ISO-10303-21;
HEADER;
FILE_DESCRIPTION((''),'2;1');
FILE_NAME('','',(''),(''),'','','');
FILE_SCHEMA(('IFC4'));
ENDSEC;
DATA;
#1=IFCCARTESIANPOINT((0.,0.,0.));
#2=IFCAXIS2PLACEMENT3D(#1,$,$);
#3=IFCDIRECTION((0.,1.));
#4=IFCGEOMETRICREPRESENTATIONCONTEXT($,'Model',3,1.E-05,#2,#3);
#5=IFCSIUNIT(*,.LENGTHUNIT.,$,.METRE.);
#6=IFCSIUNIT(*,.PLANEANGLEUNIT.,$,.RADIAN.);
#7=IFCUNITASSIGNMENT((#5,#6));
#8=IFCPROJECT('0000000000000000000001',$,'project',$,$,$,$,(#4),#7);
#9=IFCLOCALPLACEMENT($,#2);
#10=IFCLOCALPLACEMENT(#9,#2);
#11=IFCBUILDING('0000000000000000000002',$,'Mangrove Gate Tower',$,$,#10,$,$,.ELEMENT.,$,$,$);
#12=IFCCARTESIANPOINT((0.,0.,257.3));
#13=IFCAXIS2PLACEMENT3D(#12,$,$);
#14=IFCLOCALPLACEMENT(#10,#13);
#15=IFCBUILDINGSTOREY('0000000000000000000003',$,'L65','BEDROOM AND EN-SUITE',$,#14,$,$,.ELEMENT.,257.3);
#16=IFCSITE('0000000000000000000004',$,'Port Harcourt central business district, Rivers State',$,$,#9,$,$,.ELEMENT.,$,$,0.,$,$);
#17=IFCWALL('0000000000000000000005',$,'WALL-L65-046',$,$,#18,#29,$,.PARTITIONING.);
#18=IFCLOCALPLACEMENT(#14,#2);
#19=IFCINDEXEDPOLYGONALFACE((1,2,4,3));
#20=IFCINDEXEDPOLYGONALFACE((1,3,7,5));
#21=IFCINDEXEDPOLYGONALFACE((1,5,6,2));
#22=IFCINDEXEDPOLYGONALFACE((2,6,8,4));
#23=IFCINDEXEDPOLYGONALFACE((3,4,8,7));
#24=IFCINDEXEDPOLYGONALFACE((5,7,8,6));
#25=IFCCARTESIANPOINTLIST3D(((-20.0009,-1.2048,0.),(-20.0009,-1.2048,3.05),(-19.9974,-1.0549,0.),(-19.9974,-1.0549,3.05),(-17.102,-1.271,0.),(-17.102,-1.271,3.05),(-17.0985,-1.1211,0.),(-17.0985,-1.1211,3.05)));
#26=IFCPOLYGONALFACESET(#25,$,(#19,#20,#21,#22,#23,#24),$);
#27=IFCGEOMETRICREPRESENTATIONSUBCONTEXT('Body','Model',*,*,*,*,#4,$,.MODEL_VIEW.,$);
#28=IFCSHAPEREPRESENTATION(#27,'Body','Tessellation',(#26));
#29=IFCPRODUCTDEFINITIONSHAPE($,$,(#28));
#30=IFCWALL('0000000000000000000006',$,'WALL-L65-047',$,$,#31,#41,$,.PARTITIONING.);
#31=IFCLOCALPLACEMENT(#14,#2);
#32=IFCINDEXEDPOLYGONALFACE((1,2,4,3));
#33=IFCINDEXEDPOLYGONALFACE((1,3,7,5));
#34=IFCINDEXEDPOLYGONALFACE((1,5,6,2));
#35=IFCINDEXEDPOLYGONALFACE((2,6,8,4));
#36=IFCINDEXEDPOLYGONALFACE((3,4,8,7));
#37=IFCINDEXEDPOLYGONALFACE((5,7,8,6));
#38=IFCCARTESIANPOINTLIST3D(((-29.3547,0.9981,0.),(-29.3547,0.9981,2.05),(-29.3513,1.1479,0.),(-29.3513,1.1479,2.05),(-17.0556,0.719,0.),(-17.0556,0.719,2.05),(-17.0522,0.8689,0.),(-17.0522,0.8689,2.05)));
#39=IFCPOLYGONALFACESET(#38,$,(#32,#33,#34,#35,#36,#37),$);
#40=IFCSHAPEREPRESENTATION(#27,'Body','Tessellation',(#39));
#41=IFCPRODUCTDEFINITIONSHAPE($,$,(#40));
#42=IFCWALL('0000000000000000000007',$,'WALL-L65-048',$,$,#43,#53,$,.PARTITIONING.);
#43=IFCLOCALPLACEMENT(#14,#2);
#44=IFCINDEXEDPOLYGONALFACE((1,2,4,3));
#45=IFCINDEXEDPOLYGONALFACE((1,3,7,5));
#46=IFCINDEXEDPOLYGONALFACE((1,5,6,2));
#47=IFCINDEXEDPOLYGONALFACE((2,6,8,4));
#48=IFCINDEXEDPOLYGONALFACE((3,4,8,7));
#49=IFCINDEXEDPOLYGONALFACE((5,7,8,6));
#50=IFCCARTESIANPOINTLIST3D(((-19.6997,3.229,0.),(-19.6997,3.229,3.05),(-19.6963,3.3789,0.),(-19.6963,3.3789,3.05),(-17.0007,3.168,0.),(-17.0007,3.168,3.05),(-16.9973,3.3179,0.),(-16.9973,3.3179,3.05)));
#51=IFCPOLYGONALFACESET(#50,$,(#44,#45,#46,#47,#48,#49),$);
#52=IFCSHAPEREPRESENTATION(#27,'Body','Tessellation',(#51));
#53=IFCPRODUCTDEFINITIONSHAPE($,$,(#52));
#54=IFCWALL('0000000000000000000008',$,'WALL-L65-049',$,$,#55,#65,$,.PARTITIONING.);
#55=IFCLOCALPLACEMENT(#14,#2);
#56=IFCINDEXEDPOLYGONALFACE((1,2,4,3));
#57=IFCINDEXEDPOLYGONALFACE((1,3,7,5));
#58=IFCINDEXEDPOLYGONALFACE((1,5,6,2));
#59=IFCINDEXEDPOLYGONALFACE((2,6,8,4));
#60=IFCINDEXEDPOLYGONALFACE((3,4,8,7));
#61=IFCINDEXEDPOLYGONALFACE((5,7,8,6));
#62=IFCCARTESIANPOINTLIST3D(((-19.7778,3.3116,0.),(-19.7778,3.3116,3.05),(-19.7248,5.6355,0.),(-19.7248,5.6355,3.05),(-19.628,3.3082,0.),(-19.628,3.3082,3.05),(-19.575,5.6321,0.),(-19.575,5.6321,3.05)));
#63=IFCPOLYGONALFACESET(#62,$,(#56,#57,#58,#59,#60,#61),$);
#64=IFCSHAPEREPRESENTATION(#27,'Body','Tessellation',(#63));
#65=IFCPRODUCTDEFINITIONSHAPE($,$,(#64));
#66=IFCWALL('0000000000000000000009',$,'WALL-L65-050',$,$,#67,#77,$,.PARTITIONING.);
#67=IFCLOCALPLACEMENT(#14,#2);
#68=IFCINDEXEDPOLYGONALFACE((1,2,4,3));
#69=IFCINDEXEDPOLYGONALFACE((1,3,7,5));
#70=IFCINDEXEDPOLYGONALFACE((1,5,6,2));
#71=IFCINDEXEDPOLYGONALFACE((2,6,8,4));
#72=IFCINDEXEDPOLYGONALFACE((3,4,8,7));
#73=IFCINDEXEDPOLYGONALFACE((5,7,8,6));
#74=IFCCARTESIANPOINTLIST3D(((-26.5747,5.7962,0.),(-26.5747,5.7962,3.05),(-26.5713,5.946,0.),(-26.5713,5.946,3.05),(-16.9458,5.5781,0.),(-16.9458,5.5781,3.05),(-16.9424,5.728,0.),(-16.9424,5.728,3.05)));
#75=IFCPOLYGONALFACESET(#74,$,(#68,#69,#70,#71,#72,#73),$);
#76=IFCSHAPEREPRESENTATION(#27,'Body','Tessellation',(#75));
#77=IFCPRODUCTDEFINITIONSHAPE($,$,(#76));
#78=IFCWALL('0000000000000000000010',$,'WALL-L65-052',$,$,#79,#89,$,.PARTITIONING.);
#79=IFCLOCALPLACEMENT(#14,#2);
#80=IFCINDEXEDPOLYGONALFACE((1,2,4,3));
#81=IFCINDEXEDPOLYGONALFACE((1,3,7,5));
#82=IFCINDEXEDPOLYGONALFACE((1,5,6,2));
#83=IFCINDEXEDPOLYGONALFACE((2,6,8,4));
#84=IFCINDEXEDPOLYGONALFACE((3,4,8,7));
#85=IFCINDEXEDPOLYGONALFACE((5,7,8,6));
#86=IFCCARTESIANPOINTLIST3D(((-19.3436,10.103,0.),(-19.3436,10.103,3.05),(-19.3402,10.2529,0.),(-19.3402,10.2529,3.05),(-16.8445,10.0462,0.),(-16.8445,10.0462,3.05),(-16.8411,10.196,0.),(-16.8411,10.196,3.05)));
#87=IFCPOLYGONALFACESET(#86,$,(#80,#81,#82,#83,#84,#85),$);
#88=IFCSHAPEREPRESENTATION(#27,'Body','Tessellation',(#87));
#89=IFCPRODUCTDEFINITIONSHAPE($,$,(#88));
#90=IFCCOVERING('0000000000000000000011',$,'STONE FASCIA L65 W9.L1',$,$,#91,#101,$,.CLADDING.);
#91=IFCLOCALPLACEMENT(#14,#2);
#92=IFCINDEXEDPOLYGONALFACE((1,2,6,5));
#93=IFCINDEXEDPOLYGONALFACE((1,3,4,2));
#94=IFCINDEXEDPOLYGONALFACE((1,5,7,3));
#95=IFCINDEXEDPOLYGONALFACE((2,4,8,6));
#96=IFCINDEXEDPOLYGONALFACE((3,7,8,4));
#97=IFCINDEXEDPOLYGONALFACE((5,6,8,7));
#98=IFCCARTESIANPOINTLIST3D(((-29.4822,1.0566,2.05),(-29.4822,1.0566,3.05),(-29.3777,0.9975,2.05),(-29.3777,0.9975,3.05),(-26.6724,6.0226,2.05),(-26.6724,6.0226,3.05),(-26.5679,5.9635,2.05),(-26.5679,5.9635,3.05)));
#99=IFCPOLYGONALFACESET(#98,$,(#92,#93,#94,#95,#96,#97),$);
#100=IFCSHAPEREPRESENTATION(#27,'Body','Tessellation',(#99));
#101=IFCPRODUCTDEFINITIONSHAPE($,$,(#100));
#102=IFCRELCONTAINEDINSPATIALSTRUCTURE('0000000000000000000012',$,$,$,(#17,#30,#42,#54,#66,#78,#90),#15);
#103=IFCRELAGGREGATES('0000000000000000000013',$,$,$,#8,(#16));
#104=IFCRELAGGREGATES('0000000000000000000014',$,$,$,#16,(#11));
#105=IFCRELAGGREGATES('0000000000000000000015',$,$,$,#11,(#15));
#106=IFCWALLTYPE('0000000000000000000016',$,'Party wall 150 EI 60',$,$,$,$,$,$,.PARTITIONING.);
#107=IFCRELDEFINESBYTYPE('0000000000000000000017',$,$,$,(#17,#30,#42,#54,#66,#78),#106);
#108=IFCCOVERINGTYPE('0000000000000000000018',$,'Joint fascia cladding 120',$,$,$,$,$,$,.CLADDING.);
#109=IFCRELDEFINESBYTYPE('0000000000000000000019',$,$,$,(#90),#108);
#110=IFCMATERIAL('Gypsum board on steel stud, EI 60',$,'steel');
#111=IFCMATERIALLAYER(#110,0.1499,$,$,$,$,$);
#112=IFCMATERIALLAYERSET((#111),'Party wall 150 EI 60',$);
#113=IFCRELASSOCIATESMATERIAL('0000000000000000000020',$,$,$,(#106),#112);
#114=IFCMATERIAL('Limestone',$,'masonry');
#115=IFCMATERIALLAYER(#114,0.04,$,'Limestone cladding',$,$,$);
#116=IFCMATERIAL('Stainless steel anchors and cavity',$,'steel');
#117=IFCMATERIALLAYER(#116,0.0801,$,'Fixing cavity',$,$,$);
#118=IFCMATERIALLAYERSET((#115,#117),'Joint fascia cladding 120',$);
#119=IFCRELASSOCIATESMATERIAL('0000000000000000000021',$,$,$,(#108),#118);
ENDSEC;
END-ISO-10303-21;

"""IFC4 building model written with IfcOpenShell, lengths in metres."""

from ifc_helpers import new_model, si_unit, direction, frame, frame_2d, origin, place, context, subcontext, project, spatial, rectangle, extrude, material, layer, layer_set, type_object, element, save


model = new_model("IFC4")

# Units and contexts
model_context = context("Model", 3, precision=1e-05, world=origin(), true_north=direction((0.0, 1.0)))
body_context = subcontext(model_context, "Body", "Model", "MODEL_VIEW")
ifc_project = project(units=[si_unit("LENGTHUNIT", "METRE"), si_unit("PLANEANGLEUNIT", "RADIAN")], contexts=[model_context])

# Site, building, storey
site_placement = place(None, origin())
site = spatial("IfcSite", under=ifc_project, at=site_placement, Name="Port Harcourt central business district, Rivers State", CompositionType="ELEMENT", RefElevation=0.0)
building_placement = place(site_placement, origin())
building = spatial("IfcBuilding", under=site, at=building_placement, Name="Mangrove Gate Tower", CompositionType="ELEMENT")
storey_placement = place(building_placement, frame((0.0, 0.0, 257.3)))
storey = spatial("IfcBuildingStorey", under=building, at=storey_placement, Name="L65", Description="BEDROOM AND EN-SUITE", CompositionType="ELEMENT", Elevation=257.3)

# Shared definitions
ifc_material_1 = material(Name="Limestone", Category="masonry")

# Walls
ifc_material_2 = material(Name="Gypsum board on steel stud, EI 60", Category="steel")
ifc_layer_1 = layer(ifc_material_2, 0.1499)
ifc_layer_set_1 = layer_set([ifc_layer_1], Name="Party wall 150 EI 60")
wall_type_1 = type_object("IfcWallType", Name="Party wall 150 EI 60", PredefinedType="PARTITIONING", material=ifc_layer_set_1)
wall_1_placement = place(storey_placement, frame((-19.999, -1.1299, 0.0), z_axis=(0.0, 0.0, 1.0), x_axis=(0.99974, -0.022817, 0.0)))
element("IfcWall", 1, at=wall_1_placement, inside=storey, type_object=wall_type_1, Name="WALL-L65-046", PredefinedType="PARTITIONING", context=body_context, shape_type="SweptSolid", body=[
    extrude(rectangle(XDim=2.8997, YDim=0.1499, at=frame_2d((1.4497, 0.0))), origin(), (0.0, 0.0, 1.0), 3.05),
])
wall_2_placement = place(storey_placement, frame((-29.353, 1.073, 0.0), z_axis=(0.0, 0.0, 1.0), x_axis=(0.999743, -0.022683, 0.0)))
element("IfcWall", 2, at=wall_2_placement, inside=storey, type_object=wall_type_1, Name="WALL-L65-047", PredefinedType="PARTITIONING", context=body_context, shape_type="SweptSolid", body=[
    extrude(rectangle(XDim=12.3022, YDim=0.1499, at=frame_2d((6.1511, 0.0))), origin(), (0.0, 0.0, 1.0), 2.05),
])
wall_3_placement = place(storey_placement, frame((-19.698, 3.304, 0.0), z_axis=(0.0, 0.0, 1.0), x_axis=(0.999744, -0.022608, 0.0)))
element("IfcWall", 3, at=wall_3_placement, inside=storey, type_object=wall_type_1, Name="WALL-L65-048", PredefinedType="PARTITIONING", context=body_context, shape_type="SweptSolid", body=[
    extrude(rectangle(XDim=2.6997, YDim=0.1499, at=frame_2d((1.3499, 0.0))), origin(), (0.0, 0.0, 1.0), 3.05),
])
wall_4_placement = place(storey_placement, frame((-19.7029, 3.3101, 0.0), z_axis=(0.0, 0.0, 1.0), x_axis=(0.022791, 0.99974, 0.0)))
element("IfcWall", 4, at=wall_4_placement, inside=storey, type_object=wall_type_1, Name="WALL-L65-049", PredefinedType="PARTITIONING", context=body_context, shape_type="SweptSolid", body=[
    extrude(rectangle(XDim=2.3245, YDim=0.1499, at=frame_2d((1.1621, 0.0))), origin(), (0.0, 0.0, 1.0), 3.05),
])
wall_5_placement = place(storey_placement, frame((-26.573, 5.8711, 0.0), z_axis=(0.0, 0.0, 1.0), x_axis=(0.999744, -0.022636, 0.0)))
element("IfcWall", 5, at=wall_5_placement, inside=storey, type_object=wall_type_1, Name="WALL-L65-050", PredefinedType="PARTITIONING", context=body_context, shape_type="SweptSolid", body=[
    extrude(rectangle(XDim=9.6313, YDim=0.1499, at=frame_2d((4.8157, 0.0))), origin(), (0.0, 0.0, 1.0), 3.05),
])
wall_6_placement = place(storey_placement, frame((-19.342, 10.178, 0.0), z_axis=(0.0, 0.0, 1.0), x_axis=(0.999741, -0.022757, 0.0)))
element("IfcWall", 6, at=wall_6_placement, inside=storey, type_object=wall_type_1, Name="WALL-L65-052", PredefinedType="PARTITIONING", context=body_context, shape_type="SweptSolid", body=[
    extrude(rectangle(XDim=2.4998, YDim=0.1499, at=frame_2d((1.25, 0.0))), origin(), (0.0, 0.0, 1.0), 3.05),
])

# Covering
ifc_layer_2 = layer(ifc_material_1, 0.04, Name="Limestone cladding")
ifc_material_3 = material(Name="Stainless steel anchors and cavity", Category="steel")
ifc_layer_3 = layer(ifc_material_3, 0.0801, Name="Fixing cavity")
ifc_layer_set_2 = layer_set([ifc_layer_2, ifc_layer_3], Name="Joint fascia cladding 120")
covering_type = type_object("IfcCoveringType", Name="Joint fascia cladding 120", PredefinedType="CLADDING", material=ifc_layer_set_2)
covering_placement = place(storey_placement, frame((-26.6201, 5.9932, 2.05), z_axis=(0.0, 0.0, 1.0), x_axis=(-0.492444, -0.870344, 0.0)))
element("IfcCovering", 7, at=covering_placement, inside=storey, type_object=covering_type, Name="STONE FASCIA L65 W9.L1", PredefinedType="CLADDING", context=body_context, shape_type="SweptSolid", body=[
    extrude(rectangle(XDim=5.7058, YDim=0.1201, at=frame_2d((2.853, 0.0))), origin(), (0.0, 0.0, 1.0), 1.0),
])

save(model, "model.ifc")
